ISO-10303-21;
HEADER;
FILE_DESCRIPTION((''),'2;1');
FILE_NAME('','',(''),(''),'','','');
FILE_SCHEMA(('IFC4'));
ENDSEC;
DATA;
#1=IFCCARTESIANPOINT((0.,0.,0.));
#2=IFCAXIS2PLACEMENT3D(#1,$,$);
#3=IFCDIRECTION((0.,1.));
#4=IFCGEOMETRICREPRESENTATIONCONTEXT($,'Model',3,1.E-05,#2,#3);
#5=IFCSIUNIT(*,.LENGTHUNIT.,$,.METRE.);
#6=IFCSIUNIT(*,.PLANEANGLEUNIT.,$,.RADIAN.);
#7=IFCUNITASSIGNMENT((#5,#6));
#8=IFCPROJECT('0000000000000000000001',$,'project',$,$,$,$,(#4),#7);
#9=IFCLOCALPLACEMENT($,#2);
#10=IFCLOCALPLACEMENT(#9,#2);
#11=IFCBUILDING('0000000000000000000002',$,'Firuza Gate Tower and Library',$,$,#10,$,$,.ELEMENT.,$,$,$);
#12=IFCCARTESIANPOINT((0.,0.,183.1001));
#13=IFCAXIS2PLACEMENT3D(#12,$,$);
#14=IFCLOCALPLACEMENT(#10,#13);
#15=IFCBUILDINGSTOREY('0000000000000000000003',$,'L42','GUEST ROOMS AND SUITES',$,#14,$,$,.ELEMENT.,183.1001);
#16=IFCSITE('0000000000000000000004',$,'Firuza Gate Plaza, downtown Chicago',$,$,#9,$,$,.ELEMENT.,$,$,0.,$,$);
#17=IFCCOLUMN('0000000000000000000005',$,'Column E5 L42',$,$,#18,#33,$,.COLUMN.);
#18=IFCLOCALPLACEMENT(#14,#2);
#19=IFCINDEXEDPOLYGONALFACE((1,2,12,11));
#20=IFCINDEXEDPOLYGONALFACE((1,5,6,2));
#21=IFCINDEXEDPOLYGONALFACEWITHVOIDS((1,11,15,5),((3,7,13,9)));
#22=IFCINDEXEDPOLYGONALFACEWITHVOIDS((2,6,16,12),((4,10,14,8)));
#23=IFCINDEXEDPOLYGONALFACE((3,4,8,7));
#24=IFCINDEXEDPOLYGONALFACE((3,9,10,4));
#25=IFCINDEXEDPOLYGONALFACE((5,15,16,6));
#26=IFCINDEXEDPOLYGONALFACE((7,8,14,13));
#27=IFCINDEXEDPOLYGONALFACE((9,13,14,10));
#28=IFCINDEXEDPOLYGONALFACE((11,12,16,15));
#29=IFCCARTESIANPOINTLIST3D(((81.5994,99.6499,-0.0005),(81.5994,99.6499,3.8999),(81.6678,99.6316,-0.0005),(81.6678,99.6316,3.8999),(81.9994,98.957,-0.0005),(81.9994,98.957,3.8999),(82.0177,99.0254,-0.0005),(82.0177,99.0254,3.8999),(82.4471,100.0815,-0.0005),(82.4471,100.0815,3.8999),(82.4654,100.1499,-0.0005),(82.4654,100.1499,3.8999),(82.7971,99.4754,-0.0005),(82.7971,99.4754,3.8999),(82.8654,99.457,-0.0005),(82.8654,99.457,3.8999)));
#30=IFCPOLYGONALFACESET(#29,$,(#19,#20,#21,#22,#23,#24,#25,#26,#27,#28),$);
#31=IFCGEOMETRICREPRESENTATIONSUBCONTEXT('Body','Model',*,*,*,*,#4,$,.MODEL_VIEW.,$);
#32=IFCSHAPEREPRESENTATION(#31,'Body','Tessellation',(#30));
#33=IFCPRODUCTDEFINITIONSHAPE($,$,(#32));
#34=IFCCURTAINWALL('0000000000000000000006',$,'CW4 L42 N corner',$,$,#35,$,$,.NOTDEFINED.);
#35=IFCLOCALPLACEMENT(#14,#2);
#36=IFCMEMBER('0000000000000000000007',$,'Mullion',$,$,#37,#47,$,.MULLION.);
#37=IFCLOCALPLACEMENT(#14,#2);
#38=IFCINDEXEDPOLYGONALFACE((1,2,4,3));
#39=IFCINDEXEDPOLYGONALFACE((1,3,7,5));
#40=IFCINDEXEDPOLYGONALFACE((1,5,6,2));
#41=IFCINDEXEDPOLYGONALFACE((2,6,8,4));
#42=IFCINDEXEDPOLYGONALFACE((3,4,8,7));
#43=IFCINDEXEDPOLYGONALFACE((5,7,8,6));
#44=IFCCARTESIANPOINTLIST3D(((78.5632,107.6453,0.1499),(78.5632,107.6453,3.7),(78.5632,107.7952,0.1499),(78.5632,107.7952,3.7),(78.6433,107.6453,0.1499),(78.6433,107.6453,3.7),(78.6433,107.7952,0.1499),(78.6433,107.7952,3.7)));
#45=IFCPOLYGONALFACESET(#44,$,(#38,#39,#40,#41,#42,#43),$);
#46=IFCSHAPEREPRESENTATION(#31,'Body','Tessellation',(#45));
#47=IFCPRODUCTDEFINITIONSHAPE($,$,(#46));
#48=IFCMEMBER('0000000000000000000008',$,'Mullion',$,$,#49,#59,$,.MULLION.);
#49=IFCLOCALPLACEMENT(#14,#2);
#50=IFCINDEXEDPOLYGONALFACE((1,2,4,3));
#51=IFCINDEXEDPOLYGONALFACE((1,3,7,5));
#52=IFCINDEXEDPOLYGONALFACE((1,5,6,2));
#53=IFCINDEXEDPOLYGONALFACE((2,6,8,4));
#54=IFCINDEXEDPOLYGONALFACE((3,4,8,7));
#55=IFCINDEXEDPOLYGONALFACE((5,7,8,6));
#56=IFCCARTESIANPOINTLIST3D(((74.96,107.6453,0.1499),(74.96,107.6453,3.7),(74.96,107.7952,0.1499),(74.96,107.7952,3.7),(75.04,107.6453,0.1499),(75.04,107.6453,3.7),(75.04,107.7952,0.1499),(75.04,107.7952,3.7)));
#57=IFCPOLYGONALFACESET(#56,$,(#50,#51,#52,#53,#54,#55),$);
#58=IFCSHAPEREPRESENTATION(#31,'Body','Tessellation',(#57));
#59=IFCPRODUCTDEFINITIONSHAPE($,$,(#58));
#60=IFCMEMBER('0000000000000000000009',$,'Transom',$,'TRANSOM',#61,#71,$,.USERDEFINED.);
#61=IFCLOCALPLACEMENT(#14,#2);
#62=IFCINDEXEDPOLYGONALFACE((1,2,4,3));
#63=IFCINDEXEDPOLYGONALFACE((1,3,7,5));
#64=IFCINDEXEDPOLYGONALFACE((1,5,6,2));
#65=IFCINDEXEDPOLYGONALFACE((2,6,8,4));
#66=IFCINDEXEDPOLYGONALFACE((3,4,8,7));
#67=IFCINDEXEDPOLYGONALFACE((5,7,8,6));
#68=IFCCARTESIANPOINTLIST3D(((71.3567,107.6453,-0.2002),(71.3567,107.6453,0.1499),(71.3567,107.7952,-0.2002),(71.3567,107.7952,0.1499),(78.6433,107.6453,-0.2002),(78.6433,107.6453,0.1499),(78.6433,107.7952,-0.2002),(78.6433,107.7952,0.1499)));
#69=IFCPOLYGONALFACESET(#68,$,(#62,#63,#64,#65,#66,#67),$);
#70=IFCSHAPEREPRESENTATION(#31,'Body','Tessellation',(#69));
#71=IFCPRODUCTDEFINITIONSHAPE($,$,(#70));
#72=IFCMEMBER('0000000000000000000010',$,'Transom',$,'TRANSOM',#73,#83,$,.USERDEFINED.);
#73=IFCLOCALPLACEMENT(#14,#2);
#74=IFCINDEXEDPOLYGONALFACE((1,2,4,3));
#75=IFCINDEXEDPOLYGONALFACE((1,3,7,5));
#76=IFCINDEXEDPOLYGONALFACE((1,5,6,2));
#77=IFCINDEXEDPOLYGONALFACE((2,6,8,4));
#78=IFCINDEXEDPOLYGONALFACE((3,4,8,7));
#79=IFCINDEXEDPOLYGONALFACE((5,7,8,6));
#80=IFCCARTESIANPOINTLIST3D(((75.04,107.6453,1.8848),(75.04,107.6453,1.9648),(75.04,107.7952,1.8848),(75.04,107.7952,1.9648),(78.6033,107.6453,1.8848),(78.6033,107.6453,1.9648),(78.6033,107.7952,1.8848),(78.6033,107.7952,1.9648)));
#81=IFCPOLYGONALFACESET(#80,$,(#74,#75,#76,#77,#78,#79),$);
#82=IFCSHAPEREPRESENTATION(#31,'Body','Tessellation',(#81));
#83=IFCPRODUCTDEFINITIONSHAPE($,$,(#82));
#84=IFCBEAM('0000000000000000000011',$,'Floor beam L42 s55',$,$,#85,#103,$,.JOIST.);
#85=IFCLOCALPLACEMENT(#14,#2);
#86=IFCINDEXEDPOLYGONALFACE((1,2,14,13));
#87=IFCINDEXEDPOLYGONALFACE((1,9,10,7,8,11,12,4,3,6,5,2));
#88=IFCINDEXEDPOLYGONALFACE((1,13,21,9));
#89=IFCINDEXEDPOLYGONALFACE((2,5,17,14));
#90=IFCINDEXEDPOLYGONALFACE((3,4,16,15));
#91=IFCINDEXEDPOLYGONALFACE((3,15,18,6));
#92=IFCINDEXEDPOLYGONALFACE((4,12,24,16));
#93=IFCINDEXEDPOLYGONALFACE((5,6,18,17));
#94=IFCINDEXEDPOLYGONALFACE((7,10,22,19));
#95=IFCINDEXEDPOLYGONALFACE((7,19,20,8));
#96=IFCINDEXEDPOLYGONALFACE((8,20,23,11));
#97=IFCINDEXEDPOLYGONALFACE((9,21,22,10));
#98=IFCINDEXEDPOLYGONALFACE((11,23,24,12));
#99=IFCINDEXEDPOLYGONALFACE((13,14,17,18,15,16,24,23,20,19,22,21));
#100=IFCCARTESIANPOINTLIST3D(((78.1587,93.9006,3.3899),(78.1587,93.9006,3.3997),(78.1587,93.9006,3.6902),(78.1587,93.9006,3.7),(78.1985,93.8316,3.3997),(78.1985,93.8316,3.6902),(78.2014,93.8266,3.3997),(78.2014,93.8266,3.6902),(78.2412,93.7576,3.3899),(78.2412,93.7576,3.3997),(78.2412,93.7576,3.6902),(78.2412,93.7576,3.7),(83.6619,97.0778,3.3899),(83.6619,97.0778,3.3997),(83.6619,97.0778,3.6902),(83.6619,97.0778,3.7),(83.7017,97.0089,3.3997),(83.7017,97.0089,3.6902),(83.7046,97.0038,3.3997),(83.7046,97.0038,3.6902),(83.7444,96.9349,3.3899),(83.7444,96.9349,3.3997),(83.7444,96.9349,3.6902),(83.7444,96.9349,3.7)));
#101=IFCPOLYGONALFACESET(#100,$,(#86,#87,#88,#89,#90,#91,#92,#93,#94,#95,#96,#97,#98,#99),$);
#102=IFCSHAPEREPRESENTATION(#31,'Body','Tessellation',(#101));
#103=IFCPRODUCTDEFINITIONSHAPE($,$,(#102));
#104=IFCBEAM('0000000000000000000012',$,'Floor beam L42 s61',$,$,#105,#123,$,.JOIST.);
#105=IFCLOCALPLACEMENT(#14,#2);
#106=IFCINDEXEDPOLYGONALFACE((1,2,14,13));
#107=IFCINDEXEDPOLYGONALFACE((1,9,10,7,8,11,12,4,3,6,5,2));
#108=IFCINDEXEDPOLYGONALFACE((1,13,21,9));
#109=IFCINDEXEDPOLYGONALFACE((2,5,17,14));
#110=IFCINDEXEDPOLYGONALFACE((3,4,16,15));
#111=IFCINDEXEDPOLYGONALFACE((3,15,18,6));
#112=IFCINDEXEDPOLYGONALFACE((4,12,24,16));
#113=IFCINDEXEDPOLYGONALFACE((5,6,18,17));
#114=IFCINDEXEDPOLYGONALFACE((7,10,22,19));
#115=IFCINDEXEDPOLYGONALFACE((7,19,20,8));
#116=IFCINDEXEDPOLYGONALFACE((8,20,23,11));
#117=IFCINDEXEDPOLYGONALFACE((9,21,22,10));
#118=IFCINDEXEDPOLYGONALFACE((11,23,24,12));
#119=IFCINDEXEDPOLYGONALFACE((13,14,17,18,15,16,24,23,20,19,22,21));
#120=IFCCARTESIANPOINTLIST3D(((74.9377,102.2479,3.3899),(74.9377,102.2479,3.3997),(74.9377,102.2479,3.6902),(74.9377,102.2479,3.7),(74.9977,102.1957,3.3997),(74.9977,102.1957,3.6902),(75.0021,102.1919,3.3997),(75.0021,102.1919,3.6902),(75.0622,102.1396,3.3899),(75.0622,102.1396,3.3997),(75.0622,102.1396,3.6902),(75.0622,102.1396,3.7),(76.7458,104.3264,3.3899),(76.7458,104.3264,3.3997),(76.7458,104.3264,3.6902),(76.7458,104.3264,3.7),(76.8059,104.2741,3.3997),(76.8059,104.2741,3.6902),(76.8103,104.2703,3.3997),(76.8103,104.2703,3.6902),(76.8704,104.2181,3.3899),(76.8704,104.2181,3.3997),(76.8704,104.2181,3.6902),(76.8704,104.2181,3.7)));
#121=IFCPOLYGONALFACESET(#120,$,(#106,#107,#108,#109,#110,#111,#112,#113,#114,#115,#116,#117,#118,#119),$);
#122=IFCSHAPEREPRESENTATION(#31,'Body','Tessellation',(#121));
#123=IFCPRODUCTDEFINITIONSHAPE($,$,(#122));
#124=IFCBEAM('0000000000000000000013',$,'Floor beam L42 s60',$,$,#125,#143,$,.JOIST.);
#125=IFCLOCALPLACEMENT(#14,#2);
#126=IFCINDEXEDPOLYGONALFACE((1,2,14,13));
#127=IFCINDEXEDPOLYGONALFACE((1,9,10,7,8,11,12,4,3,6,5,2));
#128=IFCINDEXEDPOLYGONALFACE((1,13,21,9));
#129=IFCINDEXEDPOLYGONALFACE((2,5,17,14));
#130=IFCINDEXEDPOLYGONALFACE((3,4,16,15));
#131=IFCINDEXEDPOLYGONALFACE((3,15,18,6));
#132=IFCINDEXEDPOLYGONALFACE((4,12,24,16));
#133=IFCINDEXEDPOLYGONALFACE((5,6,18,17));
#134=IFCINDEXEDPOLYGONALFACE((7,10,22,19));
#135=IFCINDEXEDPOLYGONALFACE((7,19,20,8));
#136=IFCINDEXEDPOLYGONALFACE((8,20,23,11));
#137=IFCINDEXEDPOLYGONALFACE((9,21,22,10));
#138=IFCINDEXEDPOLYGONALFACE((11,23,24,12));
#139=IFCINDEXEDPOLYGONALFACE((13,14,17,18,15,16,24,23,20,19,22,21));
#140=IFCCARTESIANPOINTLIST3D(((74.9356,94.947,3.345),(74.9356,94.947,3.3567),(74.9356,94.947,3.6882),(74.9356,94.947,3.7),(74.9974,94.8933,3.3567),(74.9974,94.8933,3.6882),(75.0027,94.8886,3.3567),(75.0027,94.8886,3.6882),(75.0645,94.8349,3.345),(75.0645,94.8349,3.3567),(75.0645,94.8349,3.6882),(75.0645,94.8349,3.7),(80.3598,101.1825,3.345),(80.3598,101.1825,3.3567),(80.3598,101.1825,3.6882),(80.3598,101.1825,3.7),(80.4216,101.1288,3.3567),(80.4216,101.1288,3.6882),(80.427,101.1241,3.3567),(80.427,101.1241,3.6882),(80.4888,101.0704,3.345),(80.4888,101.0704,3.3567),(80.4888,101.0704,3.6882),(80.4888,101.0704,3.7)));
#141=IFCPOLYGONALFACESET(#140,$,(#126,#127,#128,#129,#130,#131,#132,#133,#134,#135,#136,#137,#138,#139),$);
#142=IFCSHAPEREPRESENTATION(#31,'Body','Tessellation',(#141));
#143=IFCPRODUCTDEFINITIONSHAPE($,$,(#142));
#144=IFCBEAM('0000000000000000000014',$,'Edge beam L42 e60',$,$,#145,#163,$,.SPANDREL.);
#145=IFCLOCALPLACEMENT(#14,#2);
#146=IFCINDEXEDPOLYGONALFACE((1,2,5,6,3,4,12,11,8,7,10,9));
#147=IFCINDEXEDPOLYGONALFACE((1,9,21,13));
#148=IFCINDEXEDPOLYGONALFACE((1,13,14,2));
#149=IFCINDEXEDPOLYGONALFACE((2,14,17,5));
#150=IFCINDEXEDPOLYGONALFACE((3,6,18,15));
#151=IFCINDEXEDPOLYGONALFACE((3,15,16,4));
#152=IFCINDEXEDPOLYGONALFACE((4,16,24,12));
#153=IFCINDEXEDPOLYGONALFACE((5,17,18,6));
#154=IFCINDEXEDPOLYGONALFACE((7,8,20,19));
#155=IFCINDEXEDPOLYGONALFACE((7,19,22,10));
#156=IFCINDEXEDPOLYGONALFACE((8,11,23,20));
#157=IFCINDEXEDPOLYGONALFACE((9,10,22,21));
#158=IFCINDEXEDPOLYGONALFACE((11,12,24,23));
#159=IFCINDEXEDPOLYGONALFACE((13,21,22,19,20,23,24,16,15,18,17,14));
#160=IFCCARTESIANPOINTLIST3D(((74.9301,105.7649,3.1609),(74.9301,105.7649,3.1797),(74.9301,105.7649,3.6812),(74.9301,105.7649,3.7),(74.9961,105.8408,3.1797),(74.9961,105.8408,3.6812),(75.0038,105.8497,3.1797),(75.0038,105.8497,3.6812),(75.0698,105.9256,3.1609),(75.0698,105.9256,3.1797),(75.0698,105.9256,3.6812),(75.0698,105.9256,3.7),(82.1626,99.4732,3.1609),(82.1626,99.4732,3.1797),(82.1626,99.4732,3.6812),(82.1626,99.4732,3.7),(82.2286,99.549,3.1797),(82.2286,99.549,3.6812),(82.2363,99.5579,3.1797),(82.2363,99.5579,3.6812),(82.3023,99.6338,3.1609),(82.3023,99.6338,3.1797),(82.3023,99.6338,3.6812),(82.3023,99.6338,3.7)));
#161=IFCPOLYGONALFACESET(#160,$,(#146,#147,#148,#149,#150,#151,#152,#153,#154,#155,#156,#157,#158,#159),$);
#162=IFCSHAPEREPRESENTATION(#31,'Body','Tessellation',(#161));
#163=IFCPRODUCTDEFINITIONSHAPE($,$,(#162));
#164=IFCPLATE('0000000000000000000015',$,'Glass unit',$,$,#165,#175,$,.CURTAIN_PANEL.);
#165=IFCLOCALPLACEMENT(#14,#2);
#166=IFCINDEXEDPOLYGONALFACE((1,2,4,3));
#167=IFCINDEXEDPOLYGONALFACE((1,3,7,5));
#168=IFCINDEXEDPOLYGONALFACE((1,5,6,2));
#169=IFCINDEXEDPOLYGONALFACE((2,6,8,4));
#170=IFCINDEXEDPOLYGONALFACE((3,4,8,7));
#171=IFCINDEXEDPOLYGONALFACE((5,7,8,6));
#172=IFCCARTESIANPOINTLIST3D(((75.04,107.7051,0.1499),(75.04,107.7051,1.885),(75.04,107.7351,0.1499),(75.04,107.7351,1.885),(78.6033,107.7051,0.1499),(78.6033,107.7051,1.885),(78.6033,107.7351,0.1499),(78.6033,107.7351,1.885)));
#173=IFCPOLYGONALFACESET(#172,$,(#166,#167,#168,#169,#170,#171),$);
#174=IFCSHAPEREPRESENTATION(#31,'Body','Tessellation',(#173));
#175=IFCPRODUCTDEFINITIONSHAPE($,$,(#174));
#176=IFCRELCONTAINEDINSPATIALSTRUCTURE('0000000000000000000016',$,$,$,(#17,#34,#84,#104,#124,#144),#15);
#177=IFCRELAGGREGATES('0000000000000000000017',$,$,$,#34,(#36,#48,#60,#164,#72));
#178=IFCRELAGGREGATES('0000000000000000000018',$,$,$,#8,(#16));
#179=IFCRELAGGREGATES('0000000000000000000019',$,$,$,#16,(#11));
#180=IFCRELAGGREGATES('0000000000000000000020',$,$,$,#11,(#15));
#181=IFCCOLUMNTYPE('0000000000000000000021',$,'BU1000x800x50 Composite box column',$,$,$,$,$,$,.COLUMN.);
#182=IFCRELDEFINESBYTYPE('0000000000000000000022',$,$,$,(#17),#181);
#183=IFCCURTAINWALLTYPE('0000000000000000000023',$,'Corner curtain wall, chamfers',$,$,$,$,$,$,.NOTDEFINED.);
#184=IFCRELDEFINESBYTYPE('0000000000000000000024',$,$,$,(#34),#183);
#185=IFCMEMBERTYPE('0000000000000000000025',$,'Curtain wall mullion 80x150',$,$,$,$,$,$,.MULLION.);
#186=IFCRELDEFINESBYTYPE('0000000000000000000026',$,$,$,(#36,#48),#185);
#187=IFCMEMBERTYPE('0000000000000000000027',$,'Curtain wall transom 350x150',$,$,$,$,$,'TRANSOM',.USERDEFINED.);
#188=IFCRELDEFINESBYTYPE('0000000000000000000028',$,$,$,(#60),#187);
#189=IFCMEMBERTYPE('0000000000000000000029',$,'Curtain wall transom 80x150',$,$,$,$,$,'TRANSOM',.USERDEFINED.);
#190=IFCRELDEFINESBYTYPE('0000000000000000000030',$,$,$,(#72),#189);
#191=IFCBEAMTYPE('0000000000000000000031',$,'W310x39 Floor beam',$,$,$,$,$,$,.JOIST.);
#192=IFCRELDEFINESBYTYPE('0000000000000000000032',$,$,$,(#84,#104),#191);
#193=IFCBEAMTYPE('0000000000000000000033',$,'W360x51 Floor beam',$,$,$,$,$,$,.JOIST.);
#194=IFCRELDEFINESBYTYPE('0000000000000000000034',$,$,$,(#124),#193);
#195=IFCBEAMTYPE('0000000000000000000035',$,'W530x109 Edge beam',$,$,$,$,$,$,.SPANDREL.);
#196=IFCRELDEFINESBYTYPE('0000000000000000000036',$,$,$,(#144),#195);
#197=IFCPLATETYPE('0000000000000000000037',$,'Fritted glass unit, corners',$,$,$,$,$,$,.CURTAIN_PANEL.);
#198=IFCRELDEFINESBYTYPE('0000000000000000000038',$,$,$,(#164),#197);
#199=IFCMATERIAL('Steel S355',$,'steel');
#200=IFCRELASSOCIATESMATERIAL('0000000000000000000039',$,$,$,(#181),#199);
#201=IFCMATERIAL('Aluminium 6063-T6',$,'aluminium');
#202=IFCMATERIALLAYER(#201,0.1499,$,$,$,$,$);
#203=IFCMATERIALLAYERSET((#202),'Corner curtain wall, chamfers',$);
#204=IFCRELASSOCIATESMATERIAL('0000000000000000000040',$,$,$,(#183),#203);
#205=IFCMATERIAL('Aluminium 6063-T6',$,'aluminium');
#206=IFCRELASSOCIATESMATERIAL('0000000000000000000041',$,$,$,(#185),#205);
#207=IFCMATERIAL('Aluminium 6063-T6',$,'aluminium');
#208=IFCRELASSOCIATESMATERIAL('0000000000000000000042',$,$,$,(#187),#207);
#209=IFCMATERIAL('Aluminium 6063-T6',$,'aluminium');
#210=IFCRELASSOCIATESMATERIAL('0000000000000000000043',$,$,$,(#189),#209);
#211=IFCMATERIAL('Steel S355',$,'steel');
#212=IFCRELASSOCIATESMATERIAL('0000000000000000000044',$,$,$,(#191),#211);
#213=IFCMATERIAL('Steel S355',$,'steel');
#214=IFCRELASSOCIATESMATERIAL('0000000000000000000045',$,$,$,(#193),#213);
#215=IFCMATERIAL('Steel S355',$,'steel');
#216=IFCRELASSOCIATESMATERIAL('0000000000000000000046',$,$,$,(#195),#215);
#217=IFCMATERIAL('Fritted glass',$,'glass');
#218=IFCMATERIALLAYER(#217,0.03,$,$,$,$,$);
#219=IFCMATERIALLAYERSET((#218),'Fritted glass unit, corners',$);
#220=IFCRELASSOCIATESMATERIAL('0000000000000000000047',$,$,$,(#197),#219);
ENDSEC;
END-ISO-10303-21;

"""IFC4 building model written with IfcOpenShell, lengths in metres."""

from ifc_helpers import new_model, si_unit, direction, frame, origin, origin_2d, place, context, subcontext, project, spatial, polyline, rectangle, hollow_rectangle, i_section, outline, extrude, material, layer, layer_set, material_profile, profile_set, type_object, element, aggregate, save


model = new_model("IFC4")

# Units and contexts
model_context = context("Model", 3, precision=1e-05, world=origin(), true_north=direction((0.0, 1.0)))
body_context = subcontext(model_context, "Body", "Model", "MODEL_VIEW")
ifc_project = project(units=[si_unit("LENGTHUNIT", "METRE"), si_unit("PLANEANGLEUNIT", "RADIAN")], contexts=[model_context])

# Site, building, storey
site_placement = place(None, origin())
site = spatial("IfcSite", under=ifc_project, at=site_placement, Name="Firuza Gate Plaza, downtown Chicago", CompositionType="ELEMENT", RefElevation=0.0)
building_placement = place(site_placement, origin())
building = spatial("IfcBuilding", under=site, at=building_placement, Name="Firuza Gate Tower and Library", CompositionType="ELEMENT")
storey_placement = place(building_placement, frame((0.0, 0.0, 183.1001)))
storey = spatial("IfcBuildingStorey", under=building, at=storey_placement, Name="L42", Description="GUEST ROOMS AND SUITES", CompositionType="ELEMENT", Elevation=183.1001)

# Column
ifc_material_1 = material(Name="Steel S355", Category="steel")
ifc_material_profile_1 = material_profile(ifc_material_1, hollow_rectangle(XDim=0.8, YDim=1.0, WallThickness=0.05, at=origin_2d()))
ifc_profile_set_1 = profile_set([ifc_material_profile_1], Name="Steel S355")
column_type = type_object("IfcColumnType", Name="BU1000x800x50 Composite box column", PredefinedType="COLUMN", material=ifc_profile_set_1)
column_placement = place(storey_placement, frame((82.2324, 99.5535, -0.0005), z_axis=(0.0, 0.0, 1.0), x_axis=(-0.5, 0.866025, 0.0)))
element("IfcColumn", 1, at=column_placement, inside=storey, type_object=column_type, Name="Column E5 L42", PredefinedType="COLUMN", context=body_context, shape_type="SweptSolid", body=[
    extrude(hollow_rectangle(XDim=0.8, YDim=1.0, WallThickness=0.05, at=origin_2d()), origin(), (0.0, 0.0, 1.0), 3.9004),
])

# Curtain wall, members
ifc_material_2 = material(Name="Aluminium 6063-T6", Category="aluminium")
ifc_layer_1 = layer(ifc_material_2, 0.1499)
ifc_layer_set_1 = layer_set([ifc_layer_1], Name="Corner curtain wall, chamfers")
curtain_wall_type = type_object("IfcCurtainWallType", Name="Corner curtain wall, chamfers", PredefinedType="NOTDEFINED", material=ifc_layer_set_1)
curtain_wall_placement = place(storey_placement, origin())
curtain_wall = element("IfcCurtainWall", 2, at=curtain_wall_placement, inside=storey, type_object=curtain_wall_type, Name="CW4 L42 N corner", PredefinedType="NOTDEFINED")
ifc_material_3 = material(Name="Aluminium 6063-T6", Category="aluminium")
ifc_material_profile_2 = material_profile(ifc_material_3, rectangle(XDim=0.1499, YDim=0.0801, at=origin_2d()))
ifc_profile_set_2 = profile_set([ifc_material_profile_2], Name="Aluminium 6063-T6")
member_type_1 = type_object("IfcMemberType", Name="Curtain wall mullion 80x150", PredefinedType="MULLION", material=ifc_profile_set_2)
member_1_placement = place(storey_placement, frame((78.6033, 107.7202, 0.1499), z_axis=(0.0, 0.0, 1.0), x_axis=(0.0, -1.0, 0.0)))
member_1 = element("IfcMember", 3, at=member_1_placement, type_object=member_type_1, Name="Mullion", PredefinedType="MULLION", context=body_context, shape_type="SweptSolid", body=[
    extrude(rectangle(XDim=0.1499, YDim=0.0801, at=origin_2d()), origin(), (0.0, 0.0, 1.0), 3.55),
])
member_2_placement = place(storey_placement, frame((75.0, 107.7202, 0.1499), z_axis=(0.0, 0.0, 1.0), x_axis=(0.0, -1.0, 0.0)))
member_2 = element("IfcMember", 4, at=member_2_placement, type_object=member_type_1, Name="Mullion", PredefinedType="MULLION", context=body_context, shape_type="SweptSolid", body=[
    extrude(rectangle(XDim=0.1499, YDim=0.0801, at=origin_2d()), origin(), (0.0, 0.0, 1.0), 3.55),
])
ifc_material_4 = material(Name="Aluminium 6063-T6", Category="aluminium")
ifc_material_profile_3 = material_profile(ifc_material_4, rectangle(XDim=0.1499, YDim=0.3501, at=origin_2d()))
ifc_profile_set_3 = profile_set([ifc_material_profile_3], Name="Aluminium 6063-T6")
member_type_2 = type_object("IfcMemberType", Name="Curtain wall transom 350x150", ElementType="TRANSOM", PredefinedType="USERDEFINED", material=ifc_profile_set_3)
member_3_placement = place(storey_placement, frame((78.6433, 107.7202, -0.0251), z_axis=(-1.0, 0.0, 0.0), x_axis=(0.0, -1.0, 0.0)))
member_3 = element("IfcMember", 5, at=member_3_placement, type_object=member_type_2, Name="Transom", ObjectType="TRANSOM", PredefinedType="USERDEFINED", context=body_context, shape_type="SweptSolid", body=[
    extrude(rectangle(XDim=0.1499, YDim=0.3501, at=origin_2d()), origin(), (0.0, 0.0, 1.0), 7.2866),
])
ifc_material_5 = material(Name="Aluminium 6063-T6", Category="aluminium")
ifc_material_profile_4 = material_profile(ifc_material_5, rectangle(XDim=0.1499, YDim=0.0801, at=origin_2d()))
ifc_profile_set_4 = profile_set([ifc_material_profile_4], Name="Aluminium 6063-T6")
member_type_3 = type_object("IfcMemberType", Name="Curtain wall transom 80x150", ElementType="TRANSOM", PredefinedType="USERDEFINED", material=ifc_profile_set_4)
member_4_placement = place(storey_placement, frame((78.6033, 107.7202, 1.9248), z_axis=(-1.0, 0.0, 0.0), x_axis=(0.0, -1.0, 0.0)))
member_4 = element("IfcMember", 6, at=member_4_placement, type_object=member_type_3, Name="Transom", ObjectType="TRANSOM", PredefinedType="USERDEFINED", context=body_context, shape_type="SweptSolid", body=[
    extrude(rectangle(XDim=0.1499, YDim=0.0801, at=origin_2d()), origin(), (0.0, 0.0, 1.0), 3.5632),
])

# Beams
ifc_material_6 = material(Name="Steel S355", Category="steel")
ifc_material_profile_5 = material_profile(ifc_material_6, i_section(OverallWidth=0.165, OverallDepth=0.3101, WebThickness=0.0059, FlangeThickness=0.0098, at=origin_2d()))
ifc_profile_set_5 = profile_set([ifc_material_profile_5], Name="Steel S355")
beam_type_1 = type_object("IfcBeamType", Name="W310x39 Floor beam", PredefinedType="JOIST", material=ifc_profile_set_5)
beam_1_placement = place(storey_placement, frame((83.7031, 97.0063, 3.5449), z_axis=(-0.866026, -0.499998, 0.0), x_axis=(0.499998, -0.866026, 0.0)))
element("IfcBeam", 7, at=beam_1_placement, inside=storey, type_object=beam_type_1, Name="Floor beam L42 s55", PredefinedType="JOIST", context=body_context, shape_type="SweptSolid", body=[
    extrude(i_section(OverallWidth=0.165, OverallDepth=0.3101, WebThickness=0.0059, FlangeThickness=0.0098, at=origin_2d()), origin(), (0.0, 0.0, 1.0), 6.3545),
])
beam_2_placement = place(storey_placement, frame((76.8081, 104.2722, 3.5449), z_axis=(-0.65635, -0.754457, 0.0), x_axis=(0.754457, -0.65635, 0.0)))
element("IfcBeam", 8, at=beam_2_placement, inside=storey, type_object=beam_type_1, Name="Floor beam L42 s61", PredefinedType="JOIST", context=body_context, shape_type="SweptSolid", body=[
    extrude(i_section(OverallWidth=0.165, OverallDepth=0.3101, WebThickness=0.0059, FlangeThickness=0.0098, at=origin_2d()), origin(), (0.0, 0.0, 1.0), 2.7549),
])
ifc_material_7 = material(Name="Steel S355", Category="steel")
ifc_material_profile_6 = material_profile(ifc_material_7, i_section(OverallWidth=0.1709, OverallDepth=0.355, WebThickness=0.0071, FlangeThickness=0.0117, at=origin_2d()))
ifc_profile_set_6 = profile_set([ifc_material_profile_6], Name="Steel S355")
beam_type_2 = type_object("IfcBeamType", Name="W360x51 Floor beam", PredefinedType="JOIST", material=ifc_profile_set_6)
beam_3_placement = place(storey_placement, frame((80.4243, 101.1265, 3.5225), z_axis=(-0.656321, -0.754482, 0.0), x_axis=(0.754482, -0.656321, 0.0)))
element("IfcBeam", 9, at=beam_3_placement, inside=storey, type_object=beam_type_2, Name="Floor beam L42 s60", PredefinedType="JOIST", context=body_context, shape_type="SweptSolid", body=[
    extrude(i_section(OverallWidth=0.1709, OverallDepth=0.355, WebThickness=0.0071, FlangeThickness=0.0117, at=origin_2d()), origin(), (0.0, 0.0, 1.0), 8.2646),
])
ifc_material_8 = material(Name="Steel S355", Category="steel")
ifc_material_profile_7 = material_profile(ifc_material_8, i_section(OverallWidth=0.2129, OverallDepth=0.5391, WebThickness=0.0117, FlangeThickness=0.0188, at=origin_2d()))
ifc_profile_set_7 = profile_set([ifc_material_profile_7], Name="Steel S355")
beam_type_3 = type_object("IfcBeamType", Name="W530x109 Edge beam", PredefinedType="SPANDREL", material=ifc_profile_set_7)
beam_4_placement = place(storey_placement, frame((82.2324, 99.5535, 3.4304), z_axis=(-0.754467, 0.656338, 0.0), x_axis=(-0.656338, -0.754467, 0.0)))
element("IfcBeam", 10, at=beam_4_placement, inside=storey, type_object=beam_type_3, Name="Edge beam L42 e60", PredefinedType="SPANDREL", context=body_context, shape_type="SweptSolid", body=[
    extrude(i_section(OverallWidth=0.2129, OverallDepth=0.5391, WebThickness=0.0117, FlangeThickness=0.0188, at=origin_2d()), origin(), (0.0, 0.0, 1.0), 9.5862),
])

# Plate
ifc_material_9 = material(Name="Fritted glass", Category="glass")
ifc_layer_2 = layer(ifc_material_9, 0.03)
ifc_layer_set_2 = layer_set([ifc_layer_2], Name="Fritted glass unit, corners")
plate_type_1 = type_object("IfcPlateType", Name="Fritted glass unit, corners", PredefinedType="CURTAIN_PANEL", material=ifc_layer_set_2)
plate_1_placement = place(storey_placement, frame((78.6033, 107.7351, 0.1499), z_axis=(0.0, 1.0, 0.0), x_axis=(-1.0, 0.0, 0.0)))
plate_1 = element("IfcPlate", 11, at=plate_1_placement, type_object=plate_type_1, Name="Glass unit", PredefinedType="CURTAIN_PANEL", context=body_context, shape_type="SweptSolid", body=[
    extrude(outline(polyline([(0.0, 0.0), (3.5632, 0.0), (3.5632, 1.7351), (0.0, 1.7351), (0.0, 0.0)])), origin(), (0.0, 0.0, -1.0), 0.03),
])
aggregate(curtain_wall, [member_1, member_2, member_3, plate_1, member_4])

save(model, "model.ifc")
